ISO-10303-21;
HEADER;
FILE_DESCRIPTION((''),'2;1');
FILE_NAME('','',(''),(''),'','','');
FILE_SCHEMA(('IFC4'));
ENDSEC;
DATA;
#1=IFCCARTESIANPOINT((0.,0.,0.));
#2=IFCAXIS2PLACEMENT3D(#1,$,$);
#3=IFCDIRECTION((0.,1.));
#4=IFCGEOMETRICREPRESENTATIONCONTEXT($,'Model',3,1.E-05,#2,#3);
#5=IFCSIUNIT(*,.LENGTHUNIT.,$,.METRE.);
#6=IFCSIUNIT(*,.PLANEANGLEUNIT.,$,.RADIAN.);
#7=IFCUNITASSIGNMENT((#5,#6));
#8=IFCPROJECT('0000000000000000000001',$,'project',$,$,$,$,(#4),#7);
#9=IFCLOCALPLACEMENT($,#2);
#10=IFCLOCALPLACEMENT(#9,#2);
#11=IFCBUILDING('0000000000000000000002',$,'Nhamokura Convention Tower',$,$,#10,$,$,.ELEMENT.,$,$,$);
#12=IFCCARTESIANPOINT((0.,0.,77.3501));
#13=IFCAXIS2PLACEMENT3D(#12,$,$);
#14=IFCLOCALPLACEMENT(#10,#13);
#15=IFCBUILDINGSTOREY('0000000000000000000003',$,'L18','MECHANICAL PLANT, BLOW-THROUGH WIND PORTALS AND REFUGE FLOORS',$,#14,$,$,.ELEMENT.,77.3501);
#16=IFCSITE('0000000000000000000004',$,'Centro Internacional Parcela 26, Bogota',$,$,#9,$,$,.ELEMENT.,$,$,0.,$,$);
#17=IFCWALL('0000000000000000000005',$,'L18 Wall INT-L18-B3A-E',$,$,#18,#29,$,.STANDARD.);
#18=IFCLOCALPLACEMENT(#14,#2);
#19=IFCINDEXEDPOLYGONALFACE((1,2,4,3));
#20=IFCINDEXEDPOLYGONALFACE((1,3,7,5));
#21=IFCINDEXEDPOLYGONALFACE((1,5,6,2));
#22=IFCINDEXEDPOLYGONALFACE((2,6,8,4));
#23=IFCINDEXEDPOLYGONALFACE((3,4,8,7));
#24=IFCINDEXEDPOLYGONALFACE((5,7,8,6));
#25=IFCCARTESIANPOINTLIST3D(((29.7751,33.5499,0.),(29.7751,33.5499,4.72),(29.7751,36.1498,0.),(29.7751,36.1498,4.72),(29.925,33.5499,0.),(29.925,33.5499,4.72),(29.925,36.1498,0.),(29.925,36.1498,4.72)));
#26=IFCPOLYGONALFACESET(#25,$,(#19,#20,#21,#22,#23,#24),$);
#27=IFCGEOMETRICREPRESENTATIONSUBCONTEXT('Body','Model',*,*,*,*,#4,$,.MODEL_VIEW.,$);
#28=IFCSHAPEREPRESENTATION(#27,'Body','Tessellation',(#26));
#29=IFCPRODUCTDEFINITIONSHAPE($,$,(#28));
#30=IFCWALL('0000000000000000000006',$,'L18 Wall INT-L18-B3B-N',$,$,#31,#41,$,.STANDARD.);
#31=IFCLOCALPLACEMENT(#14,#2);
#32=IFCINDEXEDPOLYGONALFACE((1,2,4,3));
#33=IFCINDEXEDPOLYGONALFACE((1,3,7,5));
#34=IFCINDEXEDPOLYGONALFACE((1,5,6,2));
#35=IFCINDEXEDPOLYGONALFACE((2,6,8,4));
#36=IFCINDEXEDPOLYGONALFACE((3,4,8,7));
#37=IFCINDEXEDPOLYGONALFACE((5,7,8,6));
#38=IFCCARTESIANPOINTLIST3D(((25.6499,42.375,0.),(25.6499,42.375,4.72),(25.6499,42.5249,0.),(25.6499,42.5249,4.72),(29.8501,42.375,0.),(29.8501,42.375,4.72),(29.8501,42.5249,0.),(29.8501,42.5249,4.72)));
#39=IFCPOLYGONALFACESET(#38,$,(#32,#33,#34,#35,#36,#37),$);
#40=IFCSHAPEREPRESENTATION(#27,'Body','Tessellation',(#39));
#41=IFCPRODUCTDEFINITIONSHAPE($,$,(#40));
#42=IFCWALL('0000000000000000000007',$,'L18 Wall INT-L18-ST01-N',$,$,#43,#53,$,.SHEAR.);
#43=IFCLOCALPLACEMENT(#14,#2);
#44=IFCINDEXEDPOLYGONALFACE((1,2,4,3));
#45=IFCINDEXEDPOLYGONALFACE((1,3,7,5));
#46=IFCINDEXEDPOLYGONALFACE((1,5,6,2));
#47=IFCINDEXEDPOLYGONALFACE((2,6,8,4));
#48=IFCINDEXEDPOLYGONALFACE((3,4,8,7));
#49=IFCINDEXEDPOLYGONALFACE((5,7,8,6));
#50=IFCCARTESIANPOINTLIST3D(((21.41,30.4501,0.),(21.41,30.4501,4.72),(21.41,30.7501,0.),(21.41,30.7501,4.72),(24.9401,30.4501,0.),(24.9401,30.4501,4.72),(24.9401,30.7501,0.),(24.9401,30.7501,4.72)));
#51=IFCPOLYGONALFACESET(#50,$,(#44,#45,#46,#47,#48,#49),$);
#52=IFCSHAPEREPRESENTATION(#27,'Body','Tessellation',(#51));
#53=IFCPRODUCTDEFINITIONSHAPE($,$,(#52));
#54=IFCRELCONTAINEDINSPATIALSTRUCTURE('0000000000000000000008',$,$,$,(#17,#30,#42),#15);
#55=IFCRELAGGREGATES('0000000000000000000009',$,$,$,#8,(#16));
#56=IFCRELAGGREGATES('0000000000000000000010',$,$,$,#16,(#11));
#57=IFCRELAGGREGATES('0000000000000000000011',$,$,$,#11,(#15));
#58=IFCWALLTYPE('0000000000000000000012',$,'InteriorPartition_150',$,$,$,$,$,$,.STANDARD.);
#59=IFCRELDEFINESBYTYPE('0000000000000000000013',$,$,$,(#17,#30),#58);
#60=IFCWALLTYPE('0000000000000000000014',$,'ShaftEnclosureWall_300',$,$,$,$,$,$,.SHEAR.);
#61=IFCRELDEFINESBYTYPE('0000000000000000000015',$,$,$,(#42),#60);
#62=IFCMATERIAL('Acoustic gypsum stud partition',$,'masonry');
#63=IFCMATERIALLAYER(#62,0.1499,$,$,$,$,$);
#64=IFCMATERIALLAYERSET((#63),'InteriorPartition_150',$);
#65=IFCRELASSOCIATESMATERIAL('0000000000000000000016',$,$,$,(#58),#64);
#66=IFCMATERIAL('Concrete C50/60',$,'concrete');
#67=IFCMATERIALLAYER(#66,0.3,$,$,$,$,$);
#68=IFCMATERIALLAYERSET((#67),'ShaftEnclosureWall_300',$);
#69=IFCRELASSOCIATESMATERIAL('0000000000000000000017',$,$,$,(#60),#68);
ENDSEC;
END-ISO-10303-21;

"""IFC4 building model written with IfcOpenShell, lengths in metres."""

from ifc_helpers import new_model, si_unit, direction, frame, frame_2d, origin, place, context, subcontext, project, spatial, rectangle, extrude, material, layer, layer_set, type_object, element, save


model = new_model("IFC4")

# Units and contexts
model_context = context("Model", 3, precision=1e-05, world=origin(), true_north=direction((0.0, 1.0)))
body_context = subcontext(model_context, "Body", "Model", "MODEL_VIEW")
ifc_project = project(units=[si_unit("LENGTHUNIT", "METRE"), si_unit("PLANEANGLEUNIT", "RADIAN")], contexts=[model_context])

# Site, building, storey
site_placement = place(None, origin())
site = spatial("IfcSite", under=ifc_project, at=site_placement, Name="Centro Internacional Parcela 26, Bogota", CompositionType="ELEMENT", RefElevation=0.0)
building_placement = place(site_placement, origin())
building = spatial("IfcBuilding", under=site, at=building_placement, Name="Nhamokura Convention Tower", CompositionType="ELEMENT")
storey_placement = place(building_placement, frame((0.0, 0.0, 77.3501)))
storey = spatial("IfcBuildingStorey", under=building, at=storey_placement, Name="L18", Description="MECHANICAL PLANT, BLOW-THROUGH WIND PORTALS AND REFUGE FLOORS", CompositionType="ELEMENT", Elevation=77.3501)

# Walls
ifc_material_1 = material(Name="Acoustic gypsum stud partition", Category="masonry")
ifc_layer_1 = layer(ifc_material_1, 0.1499)
ifc_layer_set_1 = layer_set([ifc_layer_1], Name="InteriorPartition_150")
wall_type_1 = type_object("IfcWallType", Name="InteriorPartition_150", PredefinedType="STANDARD", material=ifc_layer_set_1)
wall_1_placement = place(storey_placement, frame((29.8501, 33.55, 0.0), z_axis=(0.0, 0.0, 1.0), x_axis=(0.0, 1.0, 0.0)))
element("IfcWall", 1, at=wall_1_placement, inside=storey, type_object=wall_type_1, Name="L18 Wall INT-L18-B3A-E", PredefinedType="STANDARD", context=body_context, shape_type="SweptSolid", body=[
    extrude(rectangle(XDim=2.5999, YDim=0.1499, at=frame_2d((1.2998, 0.0))), origin(), (0.0, 0.0, 1.0), 4.72),
])
wall_2_placement = place(storey_placement, frame((25.6499, 42.45, 0.0), z_axis=(0.0, 0.0, 1.0), x_axis=(1.0, 0.0, 0.0)))
element("IfcWall", 2, at=wall_2_placement, inside=storey, type_object=wall_type_1, Name="L18 Wall INT-L18-B3B-N", PredefinedType="STANDARD", context=body_context, shape_type="SweptSolid", body=[
    extrude(rectangle(XDim=4.2002, YDim=0.1499, at=frame_2d((2.1001, 0.0))), origin(), (0.0, 0.0, 1.0), 4.72),
])
ifc_material_2 = material(Name="Concrete C50/60", Category="concrete")
ifc_layer_2 = layer(ifc_material_2, 0.3)
ifc_layer_set_2 = layer_set([ifc_layer_2], Name="ShaftEnclosureWall_300")
wall_type_2 = type_object("IfcWallType", Name="ShaftEnclosureWall_300", PredefinedType="SHEAR", material=ifc_layer_set_2)
wall_3_placement = place(storey_placement, frame((21.4099, 30.6001, 0.0), z_axis=(0.0, 0.0, 1.0), x_axis=(1.0, 0.0, 0.0)))
element("IfcWall", 3, at=wall_3_placement, inside=storey, type_object=wall_type_2, Name="L18 Wall INT-L18-ST01-N", PredefinedType="SHEAR", context=body_context, shape_type="SweptSolid", body=[
    extrude(rectangle(XDim=3.53, YDim=0.3, at=frame_2d((1.7651, 0.0))), origin(), (0.0, 0.0, 1.0), 4.72),
])

save(model, "model.ifc")
